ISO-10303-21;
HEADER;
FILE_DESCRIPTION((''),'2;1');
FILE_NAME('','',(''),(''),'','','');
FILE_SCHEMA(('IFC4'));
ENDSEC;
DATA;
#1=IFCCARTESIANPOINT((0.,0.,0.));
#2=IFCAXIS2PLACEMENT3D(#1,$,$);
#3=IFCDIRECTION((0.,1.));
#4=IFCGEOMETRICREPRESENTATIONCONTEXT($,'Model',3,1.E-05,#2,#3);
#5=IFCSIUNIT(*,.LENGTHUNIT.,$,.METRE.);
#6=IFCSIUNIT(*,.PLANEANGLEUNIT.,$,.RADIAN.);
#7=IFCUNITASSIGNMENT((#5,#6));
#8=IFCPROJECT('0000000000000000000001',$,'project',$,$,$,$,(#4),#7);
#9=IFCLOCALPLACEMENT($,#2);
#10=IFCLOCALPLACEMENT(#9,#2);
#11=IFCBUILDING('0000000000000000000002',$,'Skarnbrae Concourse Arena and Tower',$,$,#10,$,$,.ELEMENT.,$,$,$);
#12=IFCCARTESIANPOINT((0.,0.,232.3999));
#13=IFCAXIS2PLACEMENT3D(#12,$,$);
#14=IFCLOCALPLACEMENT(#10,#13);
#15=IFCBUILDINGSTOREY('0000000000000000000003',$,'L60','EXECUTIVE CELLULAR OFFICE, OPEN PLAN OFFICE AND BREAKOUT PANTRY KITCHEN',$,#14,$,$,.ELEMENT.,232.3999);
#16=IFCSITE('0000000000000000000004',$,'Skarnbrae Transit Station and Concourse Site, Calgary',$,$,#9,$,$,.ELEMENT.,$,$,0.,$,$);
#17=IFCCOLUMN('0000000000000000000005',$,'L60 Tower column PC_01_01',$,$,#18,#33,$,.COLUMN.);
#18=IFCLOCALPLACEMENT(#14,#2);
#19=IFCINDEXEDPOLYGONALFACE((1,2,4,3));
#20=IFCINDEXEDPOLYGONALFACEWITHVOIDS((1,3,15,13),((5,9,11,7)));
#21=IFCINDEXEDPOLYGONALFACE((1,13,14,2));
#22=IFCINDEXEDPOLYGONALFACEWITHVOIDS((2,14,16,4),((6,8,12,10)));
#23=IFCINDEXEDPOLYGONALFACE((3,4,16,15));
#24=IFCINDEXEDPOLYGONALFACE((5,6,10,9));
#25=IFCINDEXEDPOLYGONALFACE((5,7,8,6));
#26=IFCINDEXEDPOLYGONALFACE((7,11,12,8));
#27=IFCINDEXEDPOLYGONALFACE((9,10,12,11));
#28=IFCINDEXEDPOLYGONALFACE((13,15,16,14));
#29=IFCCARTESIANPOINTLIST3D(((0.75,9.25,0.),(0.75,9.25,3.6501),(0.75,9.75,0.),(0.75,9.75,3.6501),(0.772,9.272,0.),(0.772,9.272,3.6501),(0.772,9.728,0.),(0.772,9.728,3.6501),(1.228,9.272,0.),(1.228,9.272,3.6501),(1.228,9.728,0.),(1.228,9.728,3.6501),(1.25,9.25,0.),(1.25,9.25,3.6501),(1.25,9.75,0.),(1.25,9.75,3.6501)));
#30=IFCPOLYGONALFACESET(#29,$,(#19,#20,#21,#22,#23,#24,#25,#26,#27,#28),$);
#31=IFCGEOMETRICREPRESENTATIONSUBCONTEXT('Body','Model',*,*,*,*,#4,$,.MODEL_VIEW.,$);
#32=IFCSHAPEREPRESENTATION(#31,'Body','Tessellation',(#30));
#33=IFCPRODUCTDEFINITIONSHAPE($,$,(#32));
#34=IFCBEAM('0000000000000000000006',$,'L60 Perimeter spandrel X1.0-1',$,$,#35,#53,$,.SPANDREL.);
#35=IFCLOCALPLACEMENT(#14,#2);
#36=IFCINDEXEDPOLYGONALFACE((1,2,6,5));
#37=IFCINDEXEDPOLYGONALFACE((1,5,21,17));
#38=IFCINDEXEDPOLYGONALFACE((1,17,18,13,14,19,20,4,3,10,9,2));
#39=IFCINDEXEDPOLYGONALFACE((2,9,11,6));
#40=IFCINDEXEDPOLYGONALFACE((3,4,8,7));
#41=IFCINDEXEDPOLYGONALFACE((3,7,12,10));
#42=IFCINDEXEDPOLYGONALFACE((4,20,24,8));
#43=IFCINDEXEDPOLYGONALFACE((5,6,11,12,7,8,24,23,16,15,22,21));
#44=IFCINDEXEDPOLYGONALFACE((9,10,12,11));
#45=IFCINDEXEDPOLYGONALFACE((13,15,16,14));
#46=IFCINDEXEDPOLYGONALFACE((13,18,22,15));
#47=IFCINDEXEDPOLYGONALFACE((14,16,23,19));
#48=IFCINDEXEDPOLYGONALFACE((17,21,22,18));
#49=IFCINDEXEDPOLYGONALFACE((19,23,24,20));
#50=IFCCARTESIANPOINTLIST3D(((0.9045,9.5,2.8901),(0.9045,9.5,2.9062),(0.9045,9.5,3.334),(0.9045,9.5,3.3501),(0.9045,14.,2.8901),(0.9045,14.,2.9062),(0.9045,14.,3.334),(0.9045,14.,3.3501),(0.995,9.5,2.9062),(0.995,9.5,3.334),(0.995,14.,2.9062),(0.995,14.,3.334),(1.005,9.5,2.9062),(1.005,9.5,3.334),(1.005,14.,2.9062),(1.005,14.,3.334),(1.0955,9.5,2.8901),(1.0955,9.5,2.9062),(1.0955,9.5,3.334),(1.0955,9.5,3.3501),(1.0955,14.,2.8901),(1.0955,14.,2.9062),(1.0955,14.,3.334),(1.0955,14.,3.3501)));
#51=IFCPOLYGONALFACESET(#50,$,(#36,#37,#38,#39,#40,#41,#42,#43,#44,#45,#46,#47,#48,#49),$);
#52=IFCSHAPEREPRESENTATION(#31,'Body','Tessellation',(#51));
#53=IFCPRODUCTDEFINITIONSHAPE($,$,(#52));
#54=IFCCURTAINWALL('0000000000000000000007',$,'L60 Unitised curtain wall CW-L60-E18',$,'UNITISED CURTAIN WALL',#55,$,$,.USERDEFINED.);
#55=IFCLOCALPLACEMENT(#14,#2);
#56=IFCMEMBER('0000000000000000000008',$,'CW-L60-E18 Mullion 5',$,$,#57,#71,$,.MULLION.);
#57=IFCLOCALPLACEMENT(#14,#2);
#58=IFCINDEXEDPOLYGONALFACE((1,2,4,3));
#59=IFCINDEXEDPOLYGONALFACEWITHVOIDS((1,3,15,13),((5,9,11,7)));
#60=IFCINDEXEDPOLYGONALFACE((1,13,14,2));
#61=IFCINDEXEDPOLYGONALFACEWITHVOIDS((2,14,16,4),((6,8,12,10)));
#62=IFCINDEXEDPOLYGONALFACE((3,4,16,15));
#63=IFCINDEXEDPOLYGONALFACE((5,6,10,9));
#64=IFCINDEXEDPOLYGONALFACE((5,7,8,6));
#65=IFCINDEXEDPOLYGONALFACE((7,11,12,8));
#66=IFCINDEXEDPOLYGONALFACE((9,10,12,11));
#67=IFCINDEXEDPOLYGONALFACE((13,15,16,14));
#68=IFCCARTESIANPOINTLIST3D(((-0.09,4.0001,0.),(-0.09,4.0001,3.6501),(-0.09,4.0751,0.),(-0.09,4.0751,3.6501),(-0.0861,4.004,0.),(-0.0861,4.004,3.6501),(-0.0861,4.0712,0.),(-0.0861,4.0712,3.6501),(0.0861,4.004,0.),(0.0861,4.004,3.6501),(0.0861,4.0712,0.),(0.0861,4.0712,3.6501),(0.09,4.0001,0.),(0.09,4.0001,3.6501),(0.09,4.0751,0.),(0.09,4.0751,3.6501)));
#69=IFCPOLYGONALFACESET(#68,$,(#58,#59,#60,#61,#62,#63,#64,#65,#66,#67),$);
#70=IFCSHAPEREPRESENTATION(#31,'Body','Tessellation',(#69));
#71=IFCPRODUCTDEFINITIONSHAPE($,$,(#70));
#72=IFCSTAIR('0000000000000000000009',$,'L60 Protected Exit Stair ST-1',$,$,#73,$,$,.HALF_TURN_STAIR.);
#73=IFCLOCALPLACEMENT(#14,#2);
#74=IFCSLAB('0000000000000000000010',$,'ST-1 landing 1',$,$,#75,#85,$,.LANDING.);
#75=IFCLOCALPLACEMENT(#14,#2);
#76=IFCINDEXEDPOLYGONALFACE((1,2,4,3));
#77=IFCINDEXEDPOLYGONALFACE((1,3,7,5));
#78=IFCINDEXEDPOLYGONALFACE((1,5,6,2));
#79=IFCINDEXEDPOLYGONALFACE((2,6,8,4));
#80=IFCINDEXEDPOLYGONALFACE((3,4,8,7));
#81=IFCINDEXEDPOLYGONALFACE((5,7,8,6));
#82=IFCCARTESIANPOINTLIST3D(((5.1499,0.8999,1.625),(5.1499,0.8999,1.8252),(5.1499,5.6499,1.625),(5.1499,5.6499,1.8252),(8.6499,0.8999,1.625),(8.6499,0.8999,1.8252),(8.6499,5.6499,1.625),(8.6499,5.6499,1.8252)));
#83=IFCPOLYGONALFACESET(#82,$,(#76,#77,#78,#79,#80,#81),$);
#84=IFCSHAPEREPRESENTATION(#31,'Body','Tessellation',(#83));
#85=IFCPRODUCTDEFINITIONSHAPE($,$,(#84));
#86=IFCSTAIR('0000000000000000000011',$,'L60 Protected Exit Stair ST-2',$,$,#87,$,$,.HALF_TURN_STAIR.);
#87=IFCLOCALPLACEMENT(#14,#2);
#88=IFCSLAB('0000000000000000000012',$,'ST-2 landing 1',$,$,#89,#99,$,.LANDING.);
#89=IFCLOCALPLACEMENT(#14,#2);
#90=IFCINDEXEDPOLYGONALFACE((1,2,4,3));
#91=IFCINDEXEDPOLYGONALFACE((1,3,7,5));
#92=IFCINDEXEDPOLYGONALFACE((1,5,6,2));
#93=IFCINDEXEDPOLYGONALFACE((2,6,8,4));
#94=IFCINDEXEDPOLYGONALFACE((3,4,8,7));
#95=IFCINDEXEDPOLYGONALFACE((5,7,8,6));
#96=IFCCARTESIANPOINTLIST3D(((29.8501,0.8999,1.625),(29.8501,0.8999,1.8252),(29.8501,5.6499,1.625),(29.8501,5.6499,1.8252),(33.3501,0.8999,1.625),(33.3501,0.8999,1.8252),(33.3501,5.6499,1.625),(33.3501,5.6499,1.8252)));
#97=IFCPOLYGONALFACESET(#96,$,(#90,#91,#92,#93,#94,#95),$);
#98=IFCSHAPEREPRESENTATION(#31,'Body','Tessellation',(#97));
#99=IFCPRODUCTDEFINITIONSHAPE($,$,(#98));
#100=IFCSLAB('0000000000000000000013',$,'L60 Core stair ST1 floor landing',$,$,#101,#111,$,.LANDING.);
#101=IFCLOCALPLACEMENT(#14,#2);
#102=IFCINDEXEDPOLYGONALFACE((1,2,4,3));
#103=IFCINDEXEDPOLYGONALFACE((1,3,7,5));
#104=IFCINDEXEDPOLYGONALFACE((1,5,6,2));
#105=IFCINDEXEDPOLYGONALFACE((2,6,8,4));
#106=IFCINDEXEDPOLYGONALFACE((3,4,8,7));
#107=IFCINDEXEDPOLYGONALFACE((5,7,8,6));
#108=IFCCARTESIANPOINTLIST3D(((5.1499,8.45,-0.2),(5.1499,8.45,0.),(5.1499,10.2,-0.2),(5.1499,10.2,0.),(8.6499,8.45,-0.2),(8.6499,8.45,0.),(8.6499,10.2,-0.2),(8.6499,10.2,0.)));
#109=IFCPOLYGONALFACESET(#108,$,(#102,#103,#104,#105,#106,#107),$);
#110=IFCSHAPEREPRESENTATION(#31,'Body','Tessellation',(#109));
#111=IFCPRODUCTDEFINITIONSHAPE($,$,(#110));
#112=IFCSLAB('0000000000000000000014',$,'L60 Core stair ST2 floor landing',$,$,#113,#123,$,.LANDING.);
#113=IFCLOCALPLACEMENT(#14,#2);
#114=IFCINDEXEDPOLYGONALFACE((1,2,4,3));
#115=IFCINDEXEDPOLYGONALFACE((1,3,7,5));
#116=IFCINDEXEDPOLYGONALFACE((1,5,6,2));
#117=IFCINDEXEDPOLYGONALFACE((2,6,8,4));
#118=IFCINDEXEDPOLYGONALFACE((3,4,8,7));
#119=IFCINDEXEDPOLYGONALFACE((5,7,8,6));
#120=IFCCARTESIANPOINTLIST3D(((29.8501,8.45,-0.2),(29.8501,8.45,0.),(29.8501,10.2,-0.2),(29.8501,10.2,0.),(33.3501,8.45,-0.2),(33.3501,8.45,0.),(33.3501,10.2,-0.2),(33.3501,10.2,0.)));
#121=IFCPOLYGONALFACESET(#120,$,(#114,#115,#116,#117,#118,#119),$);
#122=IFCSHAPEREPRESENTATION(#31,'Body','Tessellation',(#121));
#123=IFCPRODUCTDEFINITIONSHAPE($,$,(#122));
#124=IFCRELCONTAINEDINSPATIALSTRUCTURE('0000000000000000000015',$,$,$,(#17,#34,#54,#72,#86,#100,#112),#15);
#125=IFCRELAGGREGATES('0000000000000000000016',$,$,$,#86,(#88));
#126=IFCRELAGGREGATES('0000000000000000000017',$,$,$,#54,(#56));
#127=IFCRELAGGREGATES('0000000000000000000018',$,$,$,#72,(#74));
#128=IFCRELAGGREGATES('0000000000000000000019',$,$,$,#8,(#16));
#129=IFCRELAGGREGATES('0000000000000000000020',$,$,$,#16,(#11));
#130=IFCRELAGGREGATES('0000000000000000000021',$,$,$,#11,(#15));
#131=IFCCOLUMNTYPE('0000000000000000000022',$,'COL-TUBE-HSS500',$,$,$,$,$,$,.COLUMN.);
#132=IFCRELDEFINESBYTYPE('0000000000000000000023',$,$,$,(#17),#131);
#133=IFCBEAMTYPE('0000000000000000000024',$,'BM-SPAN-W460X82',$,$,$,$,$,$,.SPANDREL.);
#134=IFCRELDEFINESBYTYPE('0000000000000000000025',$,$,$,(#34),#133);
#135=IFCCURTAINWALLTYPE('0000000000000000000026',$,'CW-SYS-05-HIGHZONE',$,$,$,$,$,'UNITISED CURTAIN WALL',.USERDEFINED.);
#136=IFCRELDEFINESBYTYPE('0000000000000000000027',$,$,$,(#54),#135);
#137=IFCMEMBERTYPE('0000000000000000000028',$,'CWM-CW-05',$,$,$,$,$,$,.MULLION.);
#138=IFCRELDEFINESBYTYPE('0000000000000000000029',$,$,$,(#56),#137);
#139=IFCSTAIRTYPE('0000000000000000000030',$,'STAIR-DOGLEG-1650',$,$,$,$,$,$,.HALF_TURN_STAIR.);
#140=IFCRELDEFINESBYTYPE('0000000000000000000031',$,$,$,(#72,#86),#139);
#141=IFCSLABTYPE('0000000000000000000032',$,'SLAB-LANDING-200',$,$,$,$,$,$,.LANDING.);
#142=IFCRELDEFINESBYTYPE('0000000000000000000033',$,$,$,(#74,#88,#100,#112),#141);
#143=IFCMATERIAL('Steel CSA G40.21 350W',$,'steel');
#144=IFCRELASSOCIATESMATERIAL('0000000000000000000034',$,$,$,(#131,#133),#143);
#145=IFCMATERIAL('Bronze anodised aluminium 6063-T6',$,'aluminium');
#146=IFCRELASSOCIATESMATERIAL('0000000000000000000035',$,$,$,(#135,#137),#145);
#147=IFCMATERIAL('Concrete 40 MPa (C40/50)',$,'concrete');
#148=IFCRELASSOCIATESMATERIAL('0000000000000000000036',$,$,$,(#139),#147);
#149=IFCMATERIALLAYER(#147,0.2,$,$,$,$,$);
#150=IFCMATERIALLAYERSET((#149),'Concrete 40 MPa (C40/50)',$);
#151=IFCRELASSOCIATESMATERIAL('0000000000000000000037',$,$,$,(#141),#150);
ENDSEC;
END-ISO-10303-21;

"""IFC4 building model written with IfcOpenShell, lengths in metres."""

from ifc_helpers import new_model, si_unit, direction, frame, origin, origin_2d, place, context, subcontext, project, spatial, polyline, hollow_rectangle, i_section, outline, extrude, source, transform, mapped, material, layer, layer_set, material_profile, profile_set, type_object, element, aggregate, save


model = new_model("IFC4")

# Units and contexts
model_context = context("Model", 3, precision=1e-05, world=origin(), true_north=direction((0.0, 1.0)))
body_context = subcontext(model_context, "Body", "Model", "MODEL_VIEW")
ifc_project = project(units=[si_unit("LENGTHUNIT", "METRE"), si_unit("PLANEANGLEUNIT", "RADIAN")], contexts=[model_context])

# Site, building, storey
site_placement = place(None, origin())
site = spatial("IfcSite", under=ifc_project, at=site_placement, Name="Skarnbrae Transit Station and Concourse Site, Calgary", CompositionType="ELEMENT", RefElevation=0.0)
building_placement = place(site_placement, origin())
building = spatial("IfcBuilding", under=site, at=building_placement, Name="Skarnbrae Concourse Arena and Tower", CompositionType="ELEMENT")
storey_placement = place(building_placement, frame((0.0, 0.0, 232.3999)))
storey = spatial("IfcBuildingStorey", under=building, at=storey_placement, Name="L60", Description="EXECUTIVE CELLULAR OFFICE, OPEN PLAN OFFICE AND BREAKOUT PANTRY KITCHEN", CompositionType="ELEMENT", Elevation=232.3999)

# Column
ifc_material_1 = material(Name="Steel CSA G40.21 350W", Category="steel")
ifc_material_profile_1 = material_profile(ifc_material_1, hollow_rectangle(XDim=0.5, YDim=0.5, WallThickness=0.022, at=origin_2d()), Name="HSS500X500X22.0")
ifc_profile_set_1 = profile_set([ifc_material_profile_1], Name="Steel CSA G40.21 350W")
column_type = type_object("IfcColumnType", Name="COL-TUBE-HSS500", PredefinedType="COLUMN", material=ifc_profile_set_1)
shared_shape_1 = source(origin(), body_context, "Body", "SweptSolid", [
    extrude(hollow_rectangle(XDim=0.5, YDim=0.5, WallThickness=0.022, at=origin_2d()), origin(), (0.0, 0.0, 1.0), 3.6501),
])
column_placement = place(storey_placement, frame((1.0, 9.5, 0.0), z_axis=(0.0, 0.0, 1.0), x_axis=(1.0, 0.0, 0.0)))
element("IfcColumn", 1, at=column_placement, inside=storey, type_object=column_type, Name="L60 Tower column PC_01_01", PredefinedType="COLUMN", context=body_context, shape_type="MappedRepresentation", body=[
    mapped(shared_shape_1, transform((0.0, 0.0, 0.0))),
])

# Beam
ifc_material_profile_2 = material_profile(ifc_material_1, i_section(OverallWidth=0.1909, OverallDepth=0.46, WebThickness=0.01, FlangeThickness=0.0161, at=origin_2d()), Name="W460X82")
ifc_profile_set_2 = profile_set([ifc_material_profile_2], Name="Steel CSA G40.21 350W")
beam_type = type_object("IfcBeamType", Name="BM-SPAN-W460X82", PredefinedType="SPANDREL", material=ifc_profile_set_2)
shared_shape_2 = source(origin(), body_context, "Body", "SweptSolid", [
    extrude(i_section(OverallWidth=0.1909, OverallDepth=0.46, WebThickness=0.01, FlangeThickness=0.0161, at=origin_2d()), origin(), (0.0, 0.0, 1.0), 4.5),
])
beam_placement = place(storey_placement, frame((1.0, 9.5, 3.1201), z_axis=(0.0, 1.0, 0.0), x_axis=(-1.0, 0.0, 0.0)))
element("IfcBeam", 2, at=beam_placement, inside=storey, type_object=beam_type, Name="L60 Perimeter spandrel X1.0-1", PredefinedType="SPANDREL", context=body_context, shape_type="MappedRepresentation", body=[
    mapped(shared_shape_2, transform((0.0, 0.0, 0.0))),
])

# Curtain wall, member
ifc_material_2 = material(Name="Bronze anodised aluminium 6063-T6", Category="aluminium")
curtain_wall_type = type_object("IfcCurtainWallType", Name="CW-SYS-05-HIGHZONE", ElementType="UNITISED CURTAIN WALL", PredefinedType="USERDEFINED", material=ifc_material_2)
curtain_wall_placement = place(storey_placement, origin())
curtain_wall = element("IfcCurtainWall", 3, at=curtain_wall_placement, inside=storey, type_object=curtain_wall_type, Name="L60 Unitised curtain wall CW-L60-E18", ObjectType="UNITISED CURTAIN WALL", PredefinedType="USERDEFINED")
ifc_material_profile_3 = material_profile(ifc_material_2, hollow_rectangle(XDim=0.075, YDim=0.1799, WallThickness=0.0039, at=origin_2d()), Name="ALU-MULL-75X180")
ifc_profile_set_3 = profile_set([ifc_material_profile_3], Name="Bronze anodised aluminium 6063-T6")
member_type = type_object("IfcMemberType", Name="CWM-CW-05", PredefinedType="MULLION", material=ifc_profile_set_3)
shared_shape_3 = source(origin(), body_context, "Body", "SweptSolid", [
    extrude(hollow_rectangle(XDim=0.075, YDim=0.1799, WallThickness=0.0039, at=origin_2d()), origin(), (0.0, 0.0, 1.0), 3.6501),
])
member_placement = place(storey_placement, frame((0.0, 4.0376, 0.0), z_axis=(0.0, 0.0, 1.0), x_axis=(0.0, -1.0, 0.0)))
member = element("IfcMember", 4, at=member_placement, type_object=member_type, Name="CW-L60-E18 Mullion 5", PredefinedType="MULLION", context=body_context, shape_type="MappedRepresentation", body=[
    mapped(shared_shape_3, transform((0.0, 0.0, 0.0))),
])

# Stairs, slabs
ifc_material_3 = material(Name="Concrete 40 MPa (C40/50)", Category="concrete")
stair_type = type_object("IfcStairType", Name="STAIR-DOGLEG-1650", PredefinedType="HALF_TURN_STAIR", material=ifc_material_3)
stair_1_placement = place(storey_placement, origin())
stair_1 = element("IfcStair", 5, at=stair_1_placement, inside=storey, type_object=stair_type, Name="L60 Protected Exit Stair ST-1", PredefinedType="HALF_TURN_STAIR")
ifc_layer_1 = layer(ifc_material_3, 0.2)
ifc_layer_set_1 = layer_set([ifc_layer_1], Name="Concrete 40 MPa (C40/50)")
slab_type_1 = type_object("IfcSlabType", Name="SLAB-LANDING-200", PredefinedType="LANDING", material=ifc_layer_set_1)
slab_1_placement = place(storey_placement, frame((0.0, 0.0, 1.625)))
slab_1 = element("IfcSlab", 6, at=slab_1_placement, type_object=slab_type_1, Name="ST-1 landing 1", PredefinedType="LANDING", context=body_context, shape_type="SweptSolid", body=[
    extrude(outline(polyline([(5.1499, 5.6499), (5.1499, 0.8999), (8.6499, 0.8999), (8.6499, 5.6499), (5.1499, 5.6499)])), origin(), (0.0, 0.0, 1.0), 0.2002),
])
stair_2_placement = place(storey_placement, origin())
stair_2 = element("IfcStair", 7, at=stair_2_placement, inside=storey, type_object=stair_type, Name="L60 Protected Exit Stair ST-2", PredefinedType="HALF_TURN_STAIR")
slab_2_placement = place(storey_placement, frame((0.0, 0.0, 1.625)))
slab_2 = element("IfcSlab", 8, at=slab_2_placement, type_object=slab_type_1, Name="ST-2 landing 1", PredefinedType="LANDING", context=body_context, shape_type="SweptSolid", body=[
    extrude(outline(polyline([(29.8501, 5.6499), (29.8501, 0.8999), (33.3501, 0.8999), (33.3501, 5.6499), (29.8501, 5.6499)])), origin(), (0.0, 0.0, 1.0), 0.2002),
])
aggregate(stair_2, [slab_2])

# Slabs
slab_3_placement = place(storey_placement, frame((0.0, 0.0, -0.2)))
element("IfcSlab", 9, at=slab_3_placement, inside=storey, type_object=slab_type_1, Name="L60 Core stair ST1 floor landing", PredefinedType="LANDING", context=body_context, shape_type="SweptSolid", body=[
    extrude(outline(polyline([(5.1499, 10.2), (5.1499, 8.45), (8.6499, 8.45), (8.6499, 10.2), (5.1499, 10.2)])), origin(), (0.0, 0.0, 1.0), 0.2),
])
slab_4_placement = place(storey_placement, frame((0.0, 0.0, -0.2)))
element("IfcSlab", 10, at=slab_4_placement, inside=storey, type_object=slab_type_1, Name="L60 Core stair ST2 floor landing", PredefinedType="LANDING", context=body_context, shape_type="SweptSolid", body=[
    extrude(outline(polyline([(29.8501, 10.2), (29.8501, 8.45), (33.3501, 8.45), (33.3501, 10.2), (29.8501, 10.2)])), origin(), (0.0, 0.0, 1.0), 0.2),
])

aggregate(curtain_wall, [member])

aggregate(stair_1, [slab_1])

save(model, "model.ifc")
